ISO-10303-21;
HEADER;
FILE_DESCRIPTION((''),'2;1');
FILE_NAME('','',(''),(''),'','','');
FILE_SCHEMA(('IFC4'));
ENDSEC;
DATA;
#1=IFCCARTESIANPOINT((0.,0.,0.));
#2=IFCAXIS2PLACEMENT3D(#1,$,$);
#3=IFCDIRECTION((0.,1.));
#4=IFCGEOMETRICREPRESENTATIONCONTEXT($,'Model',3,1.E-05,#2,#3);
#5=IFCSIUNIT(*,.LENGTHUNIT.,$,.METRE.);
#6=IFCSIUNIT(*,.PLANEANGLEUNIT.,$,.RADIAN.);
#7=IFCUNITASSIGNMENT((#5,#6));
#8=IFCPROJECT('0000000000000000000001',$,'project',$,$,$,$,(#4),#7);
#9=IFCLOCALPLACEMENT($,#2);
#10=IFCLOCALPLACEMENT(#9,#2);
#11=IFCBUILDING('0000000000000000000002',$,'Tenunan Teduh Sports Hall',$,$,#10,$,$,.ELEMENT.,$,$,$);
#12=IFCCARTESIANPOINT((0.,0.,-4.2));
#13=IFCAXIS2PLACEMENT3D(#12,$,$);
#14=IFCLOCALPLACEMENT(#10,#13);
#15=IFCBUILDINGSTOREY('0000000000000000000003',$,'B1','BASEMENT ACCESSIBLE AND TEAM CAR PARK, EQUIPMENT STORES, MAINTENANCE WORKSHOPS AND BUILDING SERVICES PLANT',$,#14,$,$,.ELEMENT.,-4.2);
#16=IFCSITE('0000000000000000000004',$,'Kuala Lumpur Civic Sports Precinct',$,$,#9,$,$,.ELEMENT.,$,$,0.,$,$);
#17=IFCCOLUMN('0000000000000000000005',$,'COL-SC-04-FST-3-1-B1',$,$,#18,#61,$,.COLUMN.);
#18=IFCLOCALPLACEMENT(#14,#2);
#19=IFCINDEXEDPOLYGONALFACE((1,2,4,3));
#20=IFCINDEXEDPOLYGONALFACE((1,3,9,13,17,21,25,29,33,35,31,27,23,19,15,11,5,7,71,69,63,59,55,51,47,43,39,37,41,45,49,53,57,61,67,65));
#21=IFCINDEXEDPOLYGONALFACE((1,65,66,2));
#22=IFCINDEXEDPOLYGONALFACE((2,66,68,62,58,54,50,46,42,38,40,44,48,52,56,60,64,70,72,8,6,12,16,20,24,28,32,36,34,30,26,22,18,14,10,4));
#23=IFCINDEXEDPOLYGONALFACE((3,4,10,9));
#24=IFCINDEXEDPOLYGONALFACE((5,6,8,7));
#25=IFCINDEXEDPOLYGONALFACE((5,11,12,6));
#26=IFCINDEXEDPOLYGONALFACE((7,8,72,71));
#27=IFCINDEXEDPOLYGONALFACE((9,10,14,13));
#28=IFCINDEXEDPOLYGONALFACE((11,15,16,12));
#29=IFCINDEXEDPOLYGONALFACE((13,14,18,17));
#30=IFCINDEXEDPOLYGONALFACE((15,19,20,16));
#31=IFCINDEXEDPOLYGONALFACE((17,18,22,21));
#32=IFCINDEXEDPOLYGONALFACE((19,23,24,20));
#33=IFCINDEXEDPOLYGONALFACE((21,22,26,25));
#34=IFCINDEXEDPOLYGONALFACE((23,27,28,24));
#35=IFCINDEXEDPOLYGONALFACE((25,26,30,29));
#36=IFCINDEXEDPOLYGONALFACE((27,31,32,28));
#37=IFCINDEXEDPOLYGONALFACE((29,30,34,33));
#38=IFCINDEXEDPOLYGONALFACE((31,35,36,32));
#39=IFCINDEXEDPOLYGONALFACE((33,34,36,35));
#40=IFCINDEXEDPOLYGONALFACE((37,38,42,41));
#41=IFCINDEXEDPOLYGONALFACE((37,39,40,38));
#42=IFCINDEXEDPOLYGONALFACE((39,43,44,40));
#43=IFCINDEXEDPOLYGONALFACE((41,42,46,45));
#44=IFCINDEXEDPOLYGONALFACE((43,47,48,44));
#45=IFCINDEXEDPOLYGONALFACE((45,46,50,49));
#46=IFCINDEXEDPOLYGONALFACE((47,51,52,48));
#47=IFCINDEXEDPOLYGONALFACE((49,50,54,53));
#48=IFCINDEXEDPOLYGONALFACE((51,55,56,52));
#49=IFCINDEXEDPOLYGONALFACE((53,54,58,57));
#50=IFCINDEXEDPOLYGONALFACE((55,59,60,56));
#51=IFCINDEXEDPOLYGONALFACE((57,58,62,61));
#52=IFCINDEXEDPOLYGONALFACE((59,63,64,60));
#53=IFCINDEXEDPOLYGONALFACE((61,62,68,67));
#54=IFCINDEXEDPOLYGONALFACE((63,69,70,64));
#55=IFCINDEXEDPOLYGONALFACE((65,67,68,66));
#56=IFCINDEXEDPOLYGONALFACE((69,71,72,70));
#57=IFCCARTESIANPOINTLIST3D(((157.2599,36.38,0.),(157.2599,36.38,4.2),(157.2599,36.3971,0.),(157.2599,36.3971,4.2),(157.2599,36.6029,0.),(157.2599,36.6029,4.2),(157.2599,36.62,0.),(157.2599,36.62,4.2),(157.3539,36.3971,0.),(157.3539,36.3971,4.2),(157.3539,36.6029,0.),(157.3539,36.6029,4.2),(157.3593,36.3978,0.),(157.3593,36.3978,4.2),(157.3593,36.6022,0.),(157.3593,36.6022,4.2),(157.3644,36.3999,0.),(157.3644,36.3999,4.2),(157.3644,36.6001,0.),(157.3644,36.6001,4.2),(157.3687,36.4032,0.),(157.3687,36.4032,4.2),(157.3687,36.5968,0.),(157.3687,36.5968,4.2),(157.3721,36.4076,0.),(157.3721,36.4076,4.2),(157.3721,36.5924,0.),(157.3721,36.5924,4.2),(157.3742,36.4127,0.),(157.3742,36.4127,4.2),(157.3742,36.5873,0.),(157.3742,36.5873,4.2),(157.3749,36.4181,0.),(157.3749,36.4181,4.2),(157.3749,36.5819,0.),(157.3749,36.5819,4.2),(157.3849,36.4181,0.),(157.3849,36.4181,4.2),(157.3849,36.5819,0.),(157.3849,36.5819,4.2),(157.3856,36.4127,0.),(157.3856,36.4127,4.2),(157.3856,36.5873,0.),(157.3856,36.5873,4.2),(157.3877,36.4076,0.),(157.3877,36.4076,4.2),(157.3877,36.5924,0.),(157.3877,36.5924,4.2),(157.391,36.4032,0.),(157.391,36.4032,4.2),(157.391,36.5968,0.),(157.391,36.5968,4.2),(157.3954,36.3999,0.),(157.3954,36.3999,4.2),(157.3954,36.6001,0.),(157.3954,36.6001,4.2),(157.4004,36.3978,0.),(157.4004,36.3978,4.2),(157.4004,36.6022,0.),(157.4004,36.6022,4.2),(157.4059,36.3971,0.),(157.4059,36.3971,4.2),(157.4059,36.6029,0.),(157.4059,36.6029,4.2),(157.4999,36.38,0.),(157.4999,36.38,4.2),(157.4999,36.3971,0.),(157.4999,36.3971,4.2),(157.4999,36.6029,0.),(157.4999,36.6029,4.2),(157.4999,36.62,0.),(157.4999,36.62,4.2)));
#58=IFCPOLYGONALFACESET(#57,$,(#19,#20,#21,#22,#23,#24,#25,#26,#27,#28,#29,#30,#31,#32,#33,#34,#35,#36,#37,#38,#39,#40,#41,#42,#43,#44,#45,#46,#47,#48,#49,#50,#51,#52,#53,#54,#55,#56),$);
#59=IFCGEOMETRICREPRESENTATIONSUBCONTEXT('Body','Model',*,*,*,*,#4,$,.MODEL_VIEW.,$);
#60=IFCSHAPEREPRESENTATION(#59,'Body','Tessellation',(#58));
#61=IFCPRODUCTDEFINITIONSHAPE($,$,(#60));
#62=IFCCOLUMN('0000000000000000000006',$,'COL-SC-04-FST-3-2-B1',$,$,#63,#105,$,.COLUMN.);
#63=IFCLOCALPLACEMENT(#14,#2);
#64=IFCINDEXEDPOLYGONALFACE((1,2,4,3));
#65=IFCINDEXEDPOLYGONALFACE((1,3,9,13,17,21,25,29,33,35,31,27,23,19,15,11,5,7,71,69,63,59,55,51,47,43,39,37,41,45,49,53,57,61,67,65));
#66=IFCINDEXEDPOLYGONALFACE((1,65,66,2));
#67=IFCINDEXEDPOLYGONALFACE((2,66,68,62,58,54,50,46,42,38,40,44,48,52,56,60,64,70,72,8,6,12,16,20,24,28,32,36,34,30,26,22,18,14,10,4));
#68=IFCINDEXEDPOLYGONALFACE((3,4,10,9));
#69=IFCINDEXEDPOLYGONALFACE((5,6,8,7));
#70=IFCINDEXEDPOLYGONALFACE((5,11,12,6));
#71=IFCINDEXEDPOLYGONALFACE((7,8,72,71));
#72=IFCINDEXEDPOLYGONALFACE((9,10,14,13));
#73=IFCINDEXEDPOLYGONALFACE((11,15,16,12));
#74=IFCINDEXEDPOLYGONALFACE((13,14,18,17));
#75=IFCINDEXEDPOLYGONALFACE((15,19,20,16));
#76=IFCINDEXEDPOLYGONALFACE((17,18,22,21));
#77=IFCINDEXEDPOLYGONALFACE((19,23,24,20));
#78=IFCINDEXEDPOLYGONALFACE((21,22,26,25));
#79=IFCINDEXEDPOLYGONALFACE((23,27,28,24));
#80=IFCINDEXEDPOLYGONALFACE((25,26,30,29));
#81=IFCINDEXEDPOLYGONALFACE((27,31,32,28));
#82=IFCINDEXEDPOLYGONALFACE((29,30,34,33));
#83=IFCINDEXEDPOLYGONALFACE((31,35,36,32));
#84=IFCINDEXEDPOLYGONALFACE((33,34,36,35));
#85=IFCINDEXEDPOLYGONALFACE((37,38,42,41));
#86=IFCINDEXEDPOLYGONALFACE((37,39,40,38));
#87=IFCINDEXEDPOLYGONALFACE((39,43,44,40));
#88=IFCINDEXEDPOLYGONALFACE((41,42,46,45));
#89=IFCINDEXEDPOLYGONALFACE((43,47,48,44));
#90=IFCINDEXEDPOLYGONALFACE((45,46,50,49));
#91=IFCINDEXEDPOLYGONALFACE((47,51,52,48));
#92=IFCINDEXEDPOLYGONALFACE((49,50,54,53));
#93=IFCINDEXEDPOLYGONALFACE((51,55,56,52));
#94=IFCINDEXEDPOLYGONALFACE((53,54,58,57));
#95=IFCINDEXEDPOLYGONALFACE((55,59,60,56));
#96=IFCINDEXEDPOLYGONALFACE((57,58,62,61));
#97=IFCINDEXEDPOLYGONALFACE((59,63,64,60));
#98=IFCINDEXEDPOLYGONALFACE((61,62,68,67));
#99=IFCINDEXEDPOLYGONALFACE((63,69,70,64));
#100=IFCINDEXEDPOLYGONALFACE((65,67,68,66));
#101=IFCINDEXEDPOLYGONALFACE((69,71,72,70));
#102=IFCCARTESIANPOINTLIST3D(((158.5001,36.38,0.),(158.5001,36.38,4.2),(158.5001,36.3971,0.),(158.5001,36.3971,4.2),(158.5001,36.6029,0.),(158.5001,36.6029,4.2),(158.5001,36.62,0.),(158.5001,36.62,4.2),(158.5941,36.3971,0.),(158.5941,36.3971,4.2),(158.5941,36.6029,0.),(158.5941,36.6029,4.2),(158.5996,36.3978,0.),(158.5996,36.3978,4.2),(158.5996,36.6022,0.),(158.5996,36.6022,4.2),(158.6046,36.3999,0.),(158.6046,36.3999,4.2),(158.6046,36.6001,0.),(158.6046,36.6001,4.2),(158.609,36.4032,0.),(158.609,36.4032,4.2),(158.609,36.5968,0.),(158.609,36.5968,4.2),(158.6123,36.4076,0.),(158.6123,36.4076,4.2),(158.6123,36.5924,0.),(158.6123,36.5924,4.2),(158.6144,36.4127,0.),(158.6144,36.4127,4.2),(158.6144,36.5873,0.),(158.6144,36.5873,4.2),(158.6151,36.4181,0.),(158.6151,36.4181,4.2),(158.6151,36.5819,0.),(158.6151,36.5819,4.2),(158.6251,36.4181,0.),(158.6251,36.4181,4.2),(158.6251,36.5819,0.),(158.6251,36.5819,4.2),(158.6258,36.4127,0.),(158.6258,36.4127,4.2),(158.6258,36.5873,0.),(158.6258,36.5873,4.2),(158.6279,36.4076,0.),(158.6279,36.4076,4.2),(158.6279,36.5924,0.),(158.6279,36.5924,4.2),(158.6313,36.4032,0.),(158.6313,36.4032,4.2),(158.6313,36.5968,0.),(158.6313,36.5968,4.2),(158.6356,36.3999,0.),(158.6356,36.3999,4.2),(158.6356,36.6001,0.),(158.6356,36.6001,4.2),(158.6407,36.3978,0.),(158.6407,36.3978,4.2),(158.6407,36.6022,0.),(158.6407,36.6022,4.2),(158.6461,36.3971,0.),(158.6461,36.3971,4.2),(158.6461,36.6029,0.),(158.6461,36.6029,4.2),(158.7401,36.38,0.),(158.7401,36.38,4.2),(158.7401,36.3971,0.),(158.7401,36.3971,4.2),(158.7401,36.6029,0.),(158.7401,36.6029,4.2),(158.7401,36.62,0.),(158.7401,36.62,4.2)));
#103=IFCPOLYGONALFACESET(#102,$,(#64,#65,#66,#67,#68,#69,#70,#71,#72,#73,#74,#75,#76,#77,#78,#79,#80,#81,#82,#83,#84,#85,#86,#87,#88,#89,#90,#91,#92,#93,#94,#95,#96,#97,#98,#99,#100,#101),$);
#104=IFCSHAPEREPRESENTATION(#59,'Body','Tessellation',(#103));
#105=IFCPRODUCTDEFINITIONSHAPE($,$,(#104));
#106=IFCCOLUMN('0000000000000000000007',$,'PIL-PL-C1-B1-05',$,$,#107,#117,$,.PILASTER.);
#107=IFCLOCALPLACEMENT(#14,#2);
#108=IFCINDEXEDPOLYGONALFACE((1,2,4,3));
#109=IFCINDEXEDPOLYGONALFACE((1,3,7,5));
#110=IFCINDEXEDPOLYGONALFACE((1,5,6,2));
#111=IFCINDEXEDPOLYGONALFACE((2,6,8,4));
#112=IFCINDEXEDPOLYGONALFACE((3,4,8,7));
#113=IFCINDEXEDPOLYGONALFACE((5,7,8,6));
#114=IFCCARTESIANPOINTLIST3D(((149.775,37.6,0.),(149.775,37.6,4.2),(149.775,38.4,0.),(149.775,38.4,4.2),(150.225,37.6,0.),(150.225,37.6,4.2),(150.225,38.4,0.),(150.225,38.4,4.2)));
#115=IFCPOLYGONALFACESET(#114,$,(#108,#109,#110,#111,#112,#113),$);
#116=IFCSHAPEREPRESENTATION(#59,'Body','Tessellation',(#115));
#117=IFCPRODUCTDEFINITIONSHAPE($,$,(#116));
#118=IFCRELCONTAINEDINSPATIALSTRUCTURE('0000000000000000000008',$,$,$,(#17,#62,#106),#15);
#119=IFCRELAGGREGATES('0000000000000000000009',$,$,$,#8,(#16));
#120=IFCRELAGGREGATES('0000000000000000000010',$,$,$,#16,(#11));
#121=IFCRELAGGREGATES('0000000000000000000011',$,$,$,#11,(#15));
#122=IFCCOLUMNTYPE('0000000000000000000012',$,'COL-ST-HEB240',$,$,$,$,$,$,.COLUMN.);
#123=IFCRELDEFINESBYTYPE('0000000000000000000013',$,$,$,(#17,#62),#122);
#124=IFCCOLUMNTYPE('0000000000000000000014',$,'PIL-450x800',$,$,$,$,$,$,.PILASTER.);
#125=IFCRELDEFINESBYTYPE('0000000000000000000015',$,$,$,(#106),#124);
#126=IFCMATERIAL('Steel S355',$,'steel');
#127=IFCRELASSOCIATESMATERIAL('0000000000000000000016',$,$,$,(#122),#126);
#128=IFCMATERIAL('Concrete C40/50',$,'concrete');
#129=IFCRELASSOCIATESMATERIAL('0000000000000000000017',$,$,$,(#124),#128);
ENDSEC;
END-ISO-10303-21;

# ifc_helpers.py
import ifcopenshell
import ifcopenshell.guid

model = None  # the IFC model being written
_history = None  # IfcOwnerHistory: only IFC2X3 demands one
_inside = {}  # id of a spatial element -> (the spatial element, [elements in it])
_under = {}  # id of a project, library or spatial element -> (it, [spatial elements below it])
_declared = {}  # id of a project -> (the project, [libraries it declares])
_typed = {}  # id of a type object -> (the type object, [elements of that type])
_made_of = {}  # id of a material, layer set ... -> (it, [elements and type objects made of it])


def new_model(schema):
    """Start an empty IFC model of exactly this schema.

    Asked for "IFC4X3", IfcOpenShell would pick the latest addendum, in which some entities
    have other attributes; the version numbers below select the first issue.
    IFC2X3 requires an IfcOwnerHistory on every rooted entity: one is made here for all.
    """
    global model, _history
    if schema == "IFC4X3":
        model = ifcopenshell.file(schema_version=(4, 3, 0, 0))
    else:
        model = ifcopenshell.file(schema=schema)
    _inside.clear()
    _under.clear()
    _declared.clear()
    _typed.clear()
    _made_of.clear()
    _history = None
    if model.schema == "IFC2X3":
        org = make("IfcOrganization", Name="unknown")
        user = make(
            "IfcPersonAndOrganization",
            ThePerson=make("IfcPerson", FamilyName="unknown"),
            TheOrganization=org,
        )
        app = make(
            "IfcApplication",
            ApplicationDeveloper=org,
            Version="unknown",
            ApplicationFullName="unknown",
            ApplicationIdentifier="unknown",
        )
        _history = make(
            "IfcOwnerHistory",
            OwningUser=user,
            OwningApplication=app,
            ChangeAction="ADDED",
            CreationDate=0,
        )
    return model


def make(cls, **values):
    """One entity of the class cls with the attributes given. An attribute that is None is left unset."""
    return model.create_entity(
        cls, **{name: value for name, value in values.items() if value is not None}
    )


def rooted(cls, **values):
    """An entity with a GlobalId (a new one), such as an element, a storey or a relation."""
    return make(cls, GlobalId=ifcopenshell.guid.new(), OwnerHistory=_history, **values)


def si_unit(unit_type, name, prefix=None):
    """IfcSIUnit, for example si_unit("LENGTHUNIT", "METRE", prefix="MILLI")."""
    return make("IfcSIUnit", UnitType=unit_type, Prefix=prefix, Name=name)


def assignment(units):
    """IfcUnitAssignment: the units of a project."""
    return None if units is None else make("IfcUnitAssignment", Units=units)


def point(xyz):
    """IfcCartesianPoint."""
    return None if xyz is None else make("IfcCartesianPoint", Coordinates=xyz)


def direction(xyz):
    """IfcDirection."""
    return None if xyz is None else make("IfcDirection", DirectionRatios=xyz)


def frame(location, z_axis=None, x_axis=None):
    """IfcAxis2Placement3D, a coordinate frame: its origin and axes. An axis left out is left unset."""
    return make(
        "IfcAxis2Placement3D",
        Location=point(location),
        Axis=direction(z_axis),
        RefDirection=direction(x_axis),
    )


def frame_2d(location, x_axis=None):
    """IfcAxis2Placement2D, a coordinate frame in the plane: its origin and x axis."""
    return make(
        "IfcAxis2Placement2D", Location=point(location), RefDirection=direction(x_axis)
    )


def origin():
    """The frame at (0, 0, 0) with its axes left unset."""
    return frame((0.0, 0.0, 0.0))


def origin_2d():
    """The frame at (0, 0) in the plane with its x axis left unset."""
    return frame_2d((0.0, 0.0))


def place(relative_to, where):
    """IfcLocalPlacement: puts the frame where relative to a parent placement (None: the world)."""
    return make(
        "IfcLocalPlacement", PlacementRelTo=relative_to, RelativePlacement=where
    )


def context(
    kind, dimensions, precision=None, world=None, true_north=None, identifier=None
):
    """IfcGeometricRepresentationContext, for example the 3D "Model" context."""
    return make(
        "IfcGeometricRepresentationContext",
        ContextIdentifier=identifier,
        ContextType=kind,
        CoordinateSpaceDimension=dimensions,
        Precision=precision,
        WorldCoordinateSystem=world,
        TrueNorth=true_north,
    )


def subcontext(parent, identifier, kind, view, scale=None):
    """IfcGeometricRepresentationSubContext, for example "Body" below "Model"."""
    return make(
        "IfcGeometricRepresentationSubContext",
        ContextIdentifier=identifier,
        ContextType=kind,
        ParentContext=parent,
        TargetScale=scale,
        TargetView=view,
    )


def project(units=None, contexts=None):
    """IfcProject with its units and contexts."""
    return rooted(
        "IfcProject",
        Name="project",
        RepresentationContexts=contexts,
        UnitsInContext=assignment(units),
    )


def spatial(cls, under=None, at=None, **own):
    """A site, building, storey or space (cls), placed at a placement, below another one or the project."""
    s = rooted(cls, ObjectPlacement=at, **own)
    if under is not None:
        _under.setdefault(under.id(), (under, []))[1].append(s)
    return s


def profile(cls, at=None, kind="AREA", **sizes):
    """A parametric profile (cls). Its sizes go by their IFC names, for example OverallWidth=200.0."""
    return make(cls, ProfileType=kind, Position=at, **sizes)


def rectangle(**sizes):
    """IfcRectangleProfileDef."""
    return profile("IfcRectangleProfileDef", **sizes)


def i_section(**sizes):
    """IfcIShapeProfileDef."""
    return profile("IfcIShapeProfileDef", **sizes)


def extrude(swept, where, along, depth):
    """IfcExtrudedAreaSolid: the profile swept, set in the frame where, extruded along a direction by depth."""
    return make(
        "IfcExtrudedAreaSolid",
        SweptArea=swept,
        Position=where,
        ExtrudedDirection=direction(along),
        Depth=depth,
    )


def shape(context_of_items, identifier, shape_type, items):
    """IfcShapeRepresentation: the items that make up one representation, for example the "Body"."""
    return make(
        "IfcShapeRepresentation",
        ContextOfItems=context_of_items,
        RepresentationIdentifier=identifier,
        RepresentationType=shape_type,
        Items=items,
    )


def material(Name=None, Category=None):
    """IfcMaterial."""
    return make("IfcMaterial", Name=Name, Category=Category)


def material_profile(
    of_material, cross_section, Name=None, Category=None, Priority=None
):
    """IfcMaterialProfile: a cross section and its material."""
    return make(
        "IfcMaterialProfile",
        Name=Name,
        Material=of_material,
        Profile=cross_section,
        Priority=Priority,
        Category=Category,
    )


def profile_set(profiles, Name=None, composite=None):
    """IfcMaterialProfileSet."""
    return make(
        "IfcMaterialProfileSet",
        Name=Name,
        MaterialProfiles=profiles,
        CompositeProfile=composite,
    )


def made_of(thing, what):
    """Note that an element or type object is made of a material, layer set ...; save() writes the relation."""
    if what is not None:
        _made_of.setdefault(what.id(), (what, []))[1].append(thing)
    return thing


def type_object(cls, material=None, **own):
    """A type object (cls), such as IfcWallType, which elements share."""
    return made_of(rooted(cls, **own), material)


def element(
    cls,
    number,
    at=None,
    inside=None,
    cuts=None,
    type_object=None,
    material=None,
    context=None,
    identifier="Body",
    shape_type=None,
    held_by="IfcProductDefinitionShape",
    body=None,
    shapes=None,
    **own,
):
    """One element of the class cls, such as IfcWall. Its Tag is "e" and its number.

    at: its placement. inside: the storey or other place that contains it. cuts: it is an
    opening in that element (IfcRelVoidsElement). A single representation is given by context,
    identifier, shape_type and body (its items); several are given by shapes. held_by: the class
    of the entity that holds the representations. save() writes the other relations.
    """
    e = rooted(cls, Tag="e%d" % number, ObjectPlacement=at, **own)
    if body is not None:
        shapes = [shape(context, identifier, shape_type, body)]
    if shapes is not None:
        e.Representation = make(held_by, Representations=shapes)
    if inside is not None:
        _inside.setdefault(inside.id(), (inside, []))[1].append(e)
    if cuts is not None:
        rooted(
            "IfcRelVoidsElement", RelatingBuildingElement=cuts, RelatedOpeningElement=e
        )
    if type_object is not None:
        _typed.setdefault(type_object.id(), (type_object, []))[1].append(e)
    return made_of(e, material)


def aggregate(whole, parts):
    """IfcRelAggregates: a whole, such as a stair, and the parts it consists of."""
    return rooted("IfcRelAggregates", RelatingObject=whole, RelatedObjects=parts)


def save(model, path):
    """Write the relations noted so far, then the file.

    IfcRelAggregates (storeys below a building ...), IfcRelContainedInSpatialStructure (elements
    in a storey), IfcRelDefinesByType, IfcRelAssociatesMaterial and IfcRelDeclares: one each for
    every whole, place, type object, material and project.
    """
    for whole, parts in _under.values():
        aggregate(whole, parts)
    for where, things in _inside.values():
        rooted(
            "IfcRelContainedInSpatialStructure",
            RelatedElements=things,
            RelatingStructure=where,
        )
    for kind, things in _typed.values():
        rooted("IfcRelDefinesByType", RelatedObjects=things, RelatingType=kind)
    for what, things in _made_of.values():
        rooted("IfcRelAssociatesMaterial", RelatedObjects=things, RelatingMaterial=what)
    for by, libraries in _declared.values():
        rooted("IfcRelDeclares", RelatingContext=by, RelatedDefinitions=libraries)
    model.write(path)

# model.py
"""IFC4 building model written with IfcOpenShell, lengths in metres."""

from ifc_helpers import new_model, si_unit, direction, frame, origin, origin_2d, place, context, subcontext, project, spatial, rectangle, i_section, extrude, material, material_profile, profile_set, type_object, element, save


model = new_model("IFC4")

# Units and contexts
model_context = context("Model", 3, precision=1e-05, world=origin(), true_north=direction((0.0, 1.0)))
body_context = subcontext(model_context, "Body", "Model", "MODEL_VIEW")
ifc_project = project(units=[si_unit("LENGTHUNIT", "METRE"), si_unit("PLANEANGLEUNIT", "RADIAN")], contexts=[model_context])

# Site, building, storey
site_placement = place(None, origin())
site = spatial("IfcSite", under=ifc_project, at=site_placement, Name="Kuala Lumpur Civic Sports Precinct", CompositionType="ELEMENT", RefElevation=0.0)
building_placement = place(site_placement, origin())
building = spatial("IfcBuilding", under=site, at=building_placement, Name="Tenunan Teduh Sports Hall", CompositionType="ELEMENT")
storey_placement = place(building_placement, frame((0.0, 0.0, -4.2)))
storey = spatial("IfcBuildingStorey", under=building, at=storey_placement, Name="B1", Description="BASEMENT ACCESSIBLE AND TEAM CAR PARK, EQUIPMENT STORES, MAINTENANCE WORKSHOPS AND BUILDING SERVICES PLANT", CompositionType="ELEMENT", Elevation=-4.2)

# Columns
ifc_material_1 = material(Name="Steel S355", Category="steel")
ifc_material_profile_1 = material_profile(ifc_material_1, i_section(OverallWidth=0.24, OverallDepth=0.24, WebThickness=0.01, FlangeThickness=0.0171, FilletRadius=0.021, at=origin_2d()), Name="HEB 240")
ifc_profile_set_1 = profile_set([ifc_material_profile_1], Name="Steel S355")
column_type_1 = type_object("IfcColumnType", Name="COL-ST-HEB240", PredefinedType="COLUMN", material=ifc_profile_set_1)
for number, where, z_axis, x_axis, name in (
    (1, (157.3799, 36.5, 0.0), (0.0, 0.0, 1.0), (1.0, 0.0, 0.0), "COL-SC-04-FST-3-1-B1"),
    (2, (158.6201, 36.5, 0.0), (0.0, 0.0, 1.0), (1.0, 0.0, 0.0), "COL-SC-04-FST-3-2-B1"),
):
    element("IfcColumn", number, at=place(storey_placement, frame(where, z_axis=z_axis, x_axis=x_axis)), inside=storey, type_object=column_type_1, Name=name, PredefinedType="COLUMN", context=body_context, shape_type="SweptSolid", body=[
        extrude(i_section(OverallWidth=0.24, OverallDepth=0.24, WebThickness=0.01, FlangeThickness=0.0171, FilletRadius=0.021, at=origin_2d()), origin(), (0.0, 0.0, 1.0), 4.2),
    ])
ifc_material_2 = material(Name="Concrete C40/50", Category="concrete")
ifc_material_profile_2 = material_profile(ifc_material_2, rectangle(XDim=0.45, YDim=0.8, at=origin_2d()), Name="PIL 450x800")
ifc_profile_set_2 = profile_set([ifc_material_profile_2], Name="Concrete C40/50")
column_type_2 = type_object("IfcColumnType", Name="PIL-450x800", PredefinedType="PILASTER", material=ifc_profile_set_2)
column_placement = place(storey_placement, frame((150.0, 38.0, 0.0), z_axis=(0.0, 0.0, 1.0), x_axis=(1.0, 0.0, 0.0)))
element("IfcColumn", 3, at=column_placement, inside=storey, type_object=column_type_2, Name="PIL-PL-C1-B1-05", PredefinedType="PILASTER", context=body_context, shape_type="SweptSolid", body=[
    extrude(rectangle(XDim=0.45, YDim=0.8, at=origin_2d()), origin(), (0.0, 0.0, 1.0), 4.2),
])

save(model, "model.ifc")
